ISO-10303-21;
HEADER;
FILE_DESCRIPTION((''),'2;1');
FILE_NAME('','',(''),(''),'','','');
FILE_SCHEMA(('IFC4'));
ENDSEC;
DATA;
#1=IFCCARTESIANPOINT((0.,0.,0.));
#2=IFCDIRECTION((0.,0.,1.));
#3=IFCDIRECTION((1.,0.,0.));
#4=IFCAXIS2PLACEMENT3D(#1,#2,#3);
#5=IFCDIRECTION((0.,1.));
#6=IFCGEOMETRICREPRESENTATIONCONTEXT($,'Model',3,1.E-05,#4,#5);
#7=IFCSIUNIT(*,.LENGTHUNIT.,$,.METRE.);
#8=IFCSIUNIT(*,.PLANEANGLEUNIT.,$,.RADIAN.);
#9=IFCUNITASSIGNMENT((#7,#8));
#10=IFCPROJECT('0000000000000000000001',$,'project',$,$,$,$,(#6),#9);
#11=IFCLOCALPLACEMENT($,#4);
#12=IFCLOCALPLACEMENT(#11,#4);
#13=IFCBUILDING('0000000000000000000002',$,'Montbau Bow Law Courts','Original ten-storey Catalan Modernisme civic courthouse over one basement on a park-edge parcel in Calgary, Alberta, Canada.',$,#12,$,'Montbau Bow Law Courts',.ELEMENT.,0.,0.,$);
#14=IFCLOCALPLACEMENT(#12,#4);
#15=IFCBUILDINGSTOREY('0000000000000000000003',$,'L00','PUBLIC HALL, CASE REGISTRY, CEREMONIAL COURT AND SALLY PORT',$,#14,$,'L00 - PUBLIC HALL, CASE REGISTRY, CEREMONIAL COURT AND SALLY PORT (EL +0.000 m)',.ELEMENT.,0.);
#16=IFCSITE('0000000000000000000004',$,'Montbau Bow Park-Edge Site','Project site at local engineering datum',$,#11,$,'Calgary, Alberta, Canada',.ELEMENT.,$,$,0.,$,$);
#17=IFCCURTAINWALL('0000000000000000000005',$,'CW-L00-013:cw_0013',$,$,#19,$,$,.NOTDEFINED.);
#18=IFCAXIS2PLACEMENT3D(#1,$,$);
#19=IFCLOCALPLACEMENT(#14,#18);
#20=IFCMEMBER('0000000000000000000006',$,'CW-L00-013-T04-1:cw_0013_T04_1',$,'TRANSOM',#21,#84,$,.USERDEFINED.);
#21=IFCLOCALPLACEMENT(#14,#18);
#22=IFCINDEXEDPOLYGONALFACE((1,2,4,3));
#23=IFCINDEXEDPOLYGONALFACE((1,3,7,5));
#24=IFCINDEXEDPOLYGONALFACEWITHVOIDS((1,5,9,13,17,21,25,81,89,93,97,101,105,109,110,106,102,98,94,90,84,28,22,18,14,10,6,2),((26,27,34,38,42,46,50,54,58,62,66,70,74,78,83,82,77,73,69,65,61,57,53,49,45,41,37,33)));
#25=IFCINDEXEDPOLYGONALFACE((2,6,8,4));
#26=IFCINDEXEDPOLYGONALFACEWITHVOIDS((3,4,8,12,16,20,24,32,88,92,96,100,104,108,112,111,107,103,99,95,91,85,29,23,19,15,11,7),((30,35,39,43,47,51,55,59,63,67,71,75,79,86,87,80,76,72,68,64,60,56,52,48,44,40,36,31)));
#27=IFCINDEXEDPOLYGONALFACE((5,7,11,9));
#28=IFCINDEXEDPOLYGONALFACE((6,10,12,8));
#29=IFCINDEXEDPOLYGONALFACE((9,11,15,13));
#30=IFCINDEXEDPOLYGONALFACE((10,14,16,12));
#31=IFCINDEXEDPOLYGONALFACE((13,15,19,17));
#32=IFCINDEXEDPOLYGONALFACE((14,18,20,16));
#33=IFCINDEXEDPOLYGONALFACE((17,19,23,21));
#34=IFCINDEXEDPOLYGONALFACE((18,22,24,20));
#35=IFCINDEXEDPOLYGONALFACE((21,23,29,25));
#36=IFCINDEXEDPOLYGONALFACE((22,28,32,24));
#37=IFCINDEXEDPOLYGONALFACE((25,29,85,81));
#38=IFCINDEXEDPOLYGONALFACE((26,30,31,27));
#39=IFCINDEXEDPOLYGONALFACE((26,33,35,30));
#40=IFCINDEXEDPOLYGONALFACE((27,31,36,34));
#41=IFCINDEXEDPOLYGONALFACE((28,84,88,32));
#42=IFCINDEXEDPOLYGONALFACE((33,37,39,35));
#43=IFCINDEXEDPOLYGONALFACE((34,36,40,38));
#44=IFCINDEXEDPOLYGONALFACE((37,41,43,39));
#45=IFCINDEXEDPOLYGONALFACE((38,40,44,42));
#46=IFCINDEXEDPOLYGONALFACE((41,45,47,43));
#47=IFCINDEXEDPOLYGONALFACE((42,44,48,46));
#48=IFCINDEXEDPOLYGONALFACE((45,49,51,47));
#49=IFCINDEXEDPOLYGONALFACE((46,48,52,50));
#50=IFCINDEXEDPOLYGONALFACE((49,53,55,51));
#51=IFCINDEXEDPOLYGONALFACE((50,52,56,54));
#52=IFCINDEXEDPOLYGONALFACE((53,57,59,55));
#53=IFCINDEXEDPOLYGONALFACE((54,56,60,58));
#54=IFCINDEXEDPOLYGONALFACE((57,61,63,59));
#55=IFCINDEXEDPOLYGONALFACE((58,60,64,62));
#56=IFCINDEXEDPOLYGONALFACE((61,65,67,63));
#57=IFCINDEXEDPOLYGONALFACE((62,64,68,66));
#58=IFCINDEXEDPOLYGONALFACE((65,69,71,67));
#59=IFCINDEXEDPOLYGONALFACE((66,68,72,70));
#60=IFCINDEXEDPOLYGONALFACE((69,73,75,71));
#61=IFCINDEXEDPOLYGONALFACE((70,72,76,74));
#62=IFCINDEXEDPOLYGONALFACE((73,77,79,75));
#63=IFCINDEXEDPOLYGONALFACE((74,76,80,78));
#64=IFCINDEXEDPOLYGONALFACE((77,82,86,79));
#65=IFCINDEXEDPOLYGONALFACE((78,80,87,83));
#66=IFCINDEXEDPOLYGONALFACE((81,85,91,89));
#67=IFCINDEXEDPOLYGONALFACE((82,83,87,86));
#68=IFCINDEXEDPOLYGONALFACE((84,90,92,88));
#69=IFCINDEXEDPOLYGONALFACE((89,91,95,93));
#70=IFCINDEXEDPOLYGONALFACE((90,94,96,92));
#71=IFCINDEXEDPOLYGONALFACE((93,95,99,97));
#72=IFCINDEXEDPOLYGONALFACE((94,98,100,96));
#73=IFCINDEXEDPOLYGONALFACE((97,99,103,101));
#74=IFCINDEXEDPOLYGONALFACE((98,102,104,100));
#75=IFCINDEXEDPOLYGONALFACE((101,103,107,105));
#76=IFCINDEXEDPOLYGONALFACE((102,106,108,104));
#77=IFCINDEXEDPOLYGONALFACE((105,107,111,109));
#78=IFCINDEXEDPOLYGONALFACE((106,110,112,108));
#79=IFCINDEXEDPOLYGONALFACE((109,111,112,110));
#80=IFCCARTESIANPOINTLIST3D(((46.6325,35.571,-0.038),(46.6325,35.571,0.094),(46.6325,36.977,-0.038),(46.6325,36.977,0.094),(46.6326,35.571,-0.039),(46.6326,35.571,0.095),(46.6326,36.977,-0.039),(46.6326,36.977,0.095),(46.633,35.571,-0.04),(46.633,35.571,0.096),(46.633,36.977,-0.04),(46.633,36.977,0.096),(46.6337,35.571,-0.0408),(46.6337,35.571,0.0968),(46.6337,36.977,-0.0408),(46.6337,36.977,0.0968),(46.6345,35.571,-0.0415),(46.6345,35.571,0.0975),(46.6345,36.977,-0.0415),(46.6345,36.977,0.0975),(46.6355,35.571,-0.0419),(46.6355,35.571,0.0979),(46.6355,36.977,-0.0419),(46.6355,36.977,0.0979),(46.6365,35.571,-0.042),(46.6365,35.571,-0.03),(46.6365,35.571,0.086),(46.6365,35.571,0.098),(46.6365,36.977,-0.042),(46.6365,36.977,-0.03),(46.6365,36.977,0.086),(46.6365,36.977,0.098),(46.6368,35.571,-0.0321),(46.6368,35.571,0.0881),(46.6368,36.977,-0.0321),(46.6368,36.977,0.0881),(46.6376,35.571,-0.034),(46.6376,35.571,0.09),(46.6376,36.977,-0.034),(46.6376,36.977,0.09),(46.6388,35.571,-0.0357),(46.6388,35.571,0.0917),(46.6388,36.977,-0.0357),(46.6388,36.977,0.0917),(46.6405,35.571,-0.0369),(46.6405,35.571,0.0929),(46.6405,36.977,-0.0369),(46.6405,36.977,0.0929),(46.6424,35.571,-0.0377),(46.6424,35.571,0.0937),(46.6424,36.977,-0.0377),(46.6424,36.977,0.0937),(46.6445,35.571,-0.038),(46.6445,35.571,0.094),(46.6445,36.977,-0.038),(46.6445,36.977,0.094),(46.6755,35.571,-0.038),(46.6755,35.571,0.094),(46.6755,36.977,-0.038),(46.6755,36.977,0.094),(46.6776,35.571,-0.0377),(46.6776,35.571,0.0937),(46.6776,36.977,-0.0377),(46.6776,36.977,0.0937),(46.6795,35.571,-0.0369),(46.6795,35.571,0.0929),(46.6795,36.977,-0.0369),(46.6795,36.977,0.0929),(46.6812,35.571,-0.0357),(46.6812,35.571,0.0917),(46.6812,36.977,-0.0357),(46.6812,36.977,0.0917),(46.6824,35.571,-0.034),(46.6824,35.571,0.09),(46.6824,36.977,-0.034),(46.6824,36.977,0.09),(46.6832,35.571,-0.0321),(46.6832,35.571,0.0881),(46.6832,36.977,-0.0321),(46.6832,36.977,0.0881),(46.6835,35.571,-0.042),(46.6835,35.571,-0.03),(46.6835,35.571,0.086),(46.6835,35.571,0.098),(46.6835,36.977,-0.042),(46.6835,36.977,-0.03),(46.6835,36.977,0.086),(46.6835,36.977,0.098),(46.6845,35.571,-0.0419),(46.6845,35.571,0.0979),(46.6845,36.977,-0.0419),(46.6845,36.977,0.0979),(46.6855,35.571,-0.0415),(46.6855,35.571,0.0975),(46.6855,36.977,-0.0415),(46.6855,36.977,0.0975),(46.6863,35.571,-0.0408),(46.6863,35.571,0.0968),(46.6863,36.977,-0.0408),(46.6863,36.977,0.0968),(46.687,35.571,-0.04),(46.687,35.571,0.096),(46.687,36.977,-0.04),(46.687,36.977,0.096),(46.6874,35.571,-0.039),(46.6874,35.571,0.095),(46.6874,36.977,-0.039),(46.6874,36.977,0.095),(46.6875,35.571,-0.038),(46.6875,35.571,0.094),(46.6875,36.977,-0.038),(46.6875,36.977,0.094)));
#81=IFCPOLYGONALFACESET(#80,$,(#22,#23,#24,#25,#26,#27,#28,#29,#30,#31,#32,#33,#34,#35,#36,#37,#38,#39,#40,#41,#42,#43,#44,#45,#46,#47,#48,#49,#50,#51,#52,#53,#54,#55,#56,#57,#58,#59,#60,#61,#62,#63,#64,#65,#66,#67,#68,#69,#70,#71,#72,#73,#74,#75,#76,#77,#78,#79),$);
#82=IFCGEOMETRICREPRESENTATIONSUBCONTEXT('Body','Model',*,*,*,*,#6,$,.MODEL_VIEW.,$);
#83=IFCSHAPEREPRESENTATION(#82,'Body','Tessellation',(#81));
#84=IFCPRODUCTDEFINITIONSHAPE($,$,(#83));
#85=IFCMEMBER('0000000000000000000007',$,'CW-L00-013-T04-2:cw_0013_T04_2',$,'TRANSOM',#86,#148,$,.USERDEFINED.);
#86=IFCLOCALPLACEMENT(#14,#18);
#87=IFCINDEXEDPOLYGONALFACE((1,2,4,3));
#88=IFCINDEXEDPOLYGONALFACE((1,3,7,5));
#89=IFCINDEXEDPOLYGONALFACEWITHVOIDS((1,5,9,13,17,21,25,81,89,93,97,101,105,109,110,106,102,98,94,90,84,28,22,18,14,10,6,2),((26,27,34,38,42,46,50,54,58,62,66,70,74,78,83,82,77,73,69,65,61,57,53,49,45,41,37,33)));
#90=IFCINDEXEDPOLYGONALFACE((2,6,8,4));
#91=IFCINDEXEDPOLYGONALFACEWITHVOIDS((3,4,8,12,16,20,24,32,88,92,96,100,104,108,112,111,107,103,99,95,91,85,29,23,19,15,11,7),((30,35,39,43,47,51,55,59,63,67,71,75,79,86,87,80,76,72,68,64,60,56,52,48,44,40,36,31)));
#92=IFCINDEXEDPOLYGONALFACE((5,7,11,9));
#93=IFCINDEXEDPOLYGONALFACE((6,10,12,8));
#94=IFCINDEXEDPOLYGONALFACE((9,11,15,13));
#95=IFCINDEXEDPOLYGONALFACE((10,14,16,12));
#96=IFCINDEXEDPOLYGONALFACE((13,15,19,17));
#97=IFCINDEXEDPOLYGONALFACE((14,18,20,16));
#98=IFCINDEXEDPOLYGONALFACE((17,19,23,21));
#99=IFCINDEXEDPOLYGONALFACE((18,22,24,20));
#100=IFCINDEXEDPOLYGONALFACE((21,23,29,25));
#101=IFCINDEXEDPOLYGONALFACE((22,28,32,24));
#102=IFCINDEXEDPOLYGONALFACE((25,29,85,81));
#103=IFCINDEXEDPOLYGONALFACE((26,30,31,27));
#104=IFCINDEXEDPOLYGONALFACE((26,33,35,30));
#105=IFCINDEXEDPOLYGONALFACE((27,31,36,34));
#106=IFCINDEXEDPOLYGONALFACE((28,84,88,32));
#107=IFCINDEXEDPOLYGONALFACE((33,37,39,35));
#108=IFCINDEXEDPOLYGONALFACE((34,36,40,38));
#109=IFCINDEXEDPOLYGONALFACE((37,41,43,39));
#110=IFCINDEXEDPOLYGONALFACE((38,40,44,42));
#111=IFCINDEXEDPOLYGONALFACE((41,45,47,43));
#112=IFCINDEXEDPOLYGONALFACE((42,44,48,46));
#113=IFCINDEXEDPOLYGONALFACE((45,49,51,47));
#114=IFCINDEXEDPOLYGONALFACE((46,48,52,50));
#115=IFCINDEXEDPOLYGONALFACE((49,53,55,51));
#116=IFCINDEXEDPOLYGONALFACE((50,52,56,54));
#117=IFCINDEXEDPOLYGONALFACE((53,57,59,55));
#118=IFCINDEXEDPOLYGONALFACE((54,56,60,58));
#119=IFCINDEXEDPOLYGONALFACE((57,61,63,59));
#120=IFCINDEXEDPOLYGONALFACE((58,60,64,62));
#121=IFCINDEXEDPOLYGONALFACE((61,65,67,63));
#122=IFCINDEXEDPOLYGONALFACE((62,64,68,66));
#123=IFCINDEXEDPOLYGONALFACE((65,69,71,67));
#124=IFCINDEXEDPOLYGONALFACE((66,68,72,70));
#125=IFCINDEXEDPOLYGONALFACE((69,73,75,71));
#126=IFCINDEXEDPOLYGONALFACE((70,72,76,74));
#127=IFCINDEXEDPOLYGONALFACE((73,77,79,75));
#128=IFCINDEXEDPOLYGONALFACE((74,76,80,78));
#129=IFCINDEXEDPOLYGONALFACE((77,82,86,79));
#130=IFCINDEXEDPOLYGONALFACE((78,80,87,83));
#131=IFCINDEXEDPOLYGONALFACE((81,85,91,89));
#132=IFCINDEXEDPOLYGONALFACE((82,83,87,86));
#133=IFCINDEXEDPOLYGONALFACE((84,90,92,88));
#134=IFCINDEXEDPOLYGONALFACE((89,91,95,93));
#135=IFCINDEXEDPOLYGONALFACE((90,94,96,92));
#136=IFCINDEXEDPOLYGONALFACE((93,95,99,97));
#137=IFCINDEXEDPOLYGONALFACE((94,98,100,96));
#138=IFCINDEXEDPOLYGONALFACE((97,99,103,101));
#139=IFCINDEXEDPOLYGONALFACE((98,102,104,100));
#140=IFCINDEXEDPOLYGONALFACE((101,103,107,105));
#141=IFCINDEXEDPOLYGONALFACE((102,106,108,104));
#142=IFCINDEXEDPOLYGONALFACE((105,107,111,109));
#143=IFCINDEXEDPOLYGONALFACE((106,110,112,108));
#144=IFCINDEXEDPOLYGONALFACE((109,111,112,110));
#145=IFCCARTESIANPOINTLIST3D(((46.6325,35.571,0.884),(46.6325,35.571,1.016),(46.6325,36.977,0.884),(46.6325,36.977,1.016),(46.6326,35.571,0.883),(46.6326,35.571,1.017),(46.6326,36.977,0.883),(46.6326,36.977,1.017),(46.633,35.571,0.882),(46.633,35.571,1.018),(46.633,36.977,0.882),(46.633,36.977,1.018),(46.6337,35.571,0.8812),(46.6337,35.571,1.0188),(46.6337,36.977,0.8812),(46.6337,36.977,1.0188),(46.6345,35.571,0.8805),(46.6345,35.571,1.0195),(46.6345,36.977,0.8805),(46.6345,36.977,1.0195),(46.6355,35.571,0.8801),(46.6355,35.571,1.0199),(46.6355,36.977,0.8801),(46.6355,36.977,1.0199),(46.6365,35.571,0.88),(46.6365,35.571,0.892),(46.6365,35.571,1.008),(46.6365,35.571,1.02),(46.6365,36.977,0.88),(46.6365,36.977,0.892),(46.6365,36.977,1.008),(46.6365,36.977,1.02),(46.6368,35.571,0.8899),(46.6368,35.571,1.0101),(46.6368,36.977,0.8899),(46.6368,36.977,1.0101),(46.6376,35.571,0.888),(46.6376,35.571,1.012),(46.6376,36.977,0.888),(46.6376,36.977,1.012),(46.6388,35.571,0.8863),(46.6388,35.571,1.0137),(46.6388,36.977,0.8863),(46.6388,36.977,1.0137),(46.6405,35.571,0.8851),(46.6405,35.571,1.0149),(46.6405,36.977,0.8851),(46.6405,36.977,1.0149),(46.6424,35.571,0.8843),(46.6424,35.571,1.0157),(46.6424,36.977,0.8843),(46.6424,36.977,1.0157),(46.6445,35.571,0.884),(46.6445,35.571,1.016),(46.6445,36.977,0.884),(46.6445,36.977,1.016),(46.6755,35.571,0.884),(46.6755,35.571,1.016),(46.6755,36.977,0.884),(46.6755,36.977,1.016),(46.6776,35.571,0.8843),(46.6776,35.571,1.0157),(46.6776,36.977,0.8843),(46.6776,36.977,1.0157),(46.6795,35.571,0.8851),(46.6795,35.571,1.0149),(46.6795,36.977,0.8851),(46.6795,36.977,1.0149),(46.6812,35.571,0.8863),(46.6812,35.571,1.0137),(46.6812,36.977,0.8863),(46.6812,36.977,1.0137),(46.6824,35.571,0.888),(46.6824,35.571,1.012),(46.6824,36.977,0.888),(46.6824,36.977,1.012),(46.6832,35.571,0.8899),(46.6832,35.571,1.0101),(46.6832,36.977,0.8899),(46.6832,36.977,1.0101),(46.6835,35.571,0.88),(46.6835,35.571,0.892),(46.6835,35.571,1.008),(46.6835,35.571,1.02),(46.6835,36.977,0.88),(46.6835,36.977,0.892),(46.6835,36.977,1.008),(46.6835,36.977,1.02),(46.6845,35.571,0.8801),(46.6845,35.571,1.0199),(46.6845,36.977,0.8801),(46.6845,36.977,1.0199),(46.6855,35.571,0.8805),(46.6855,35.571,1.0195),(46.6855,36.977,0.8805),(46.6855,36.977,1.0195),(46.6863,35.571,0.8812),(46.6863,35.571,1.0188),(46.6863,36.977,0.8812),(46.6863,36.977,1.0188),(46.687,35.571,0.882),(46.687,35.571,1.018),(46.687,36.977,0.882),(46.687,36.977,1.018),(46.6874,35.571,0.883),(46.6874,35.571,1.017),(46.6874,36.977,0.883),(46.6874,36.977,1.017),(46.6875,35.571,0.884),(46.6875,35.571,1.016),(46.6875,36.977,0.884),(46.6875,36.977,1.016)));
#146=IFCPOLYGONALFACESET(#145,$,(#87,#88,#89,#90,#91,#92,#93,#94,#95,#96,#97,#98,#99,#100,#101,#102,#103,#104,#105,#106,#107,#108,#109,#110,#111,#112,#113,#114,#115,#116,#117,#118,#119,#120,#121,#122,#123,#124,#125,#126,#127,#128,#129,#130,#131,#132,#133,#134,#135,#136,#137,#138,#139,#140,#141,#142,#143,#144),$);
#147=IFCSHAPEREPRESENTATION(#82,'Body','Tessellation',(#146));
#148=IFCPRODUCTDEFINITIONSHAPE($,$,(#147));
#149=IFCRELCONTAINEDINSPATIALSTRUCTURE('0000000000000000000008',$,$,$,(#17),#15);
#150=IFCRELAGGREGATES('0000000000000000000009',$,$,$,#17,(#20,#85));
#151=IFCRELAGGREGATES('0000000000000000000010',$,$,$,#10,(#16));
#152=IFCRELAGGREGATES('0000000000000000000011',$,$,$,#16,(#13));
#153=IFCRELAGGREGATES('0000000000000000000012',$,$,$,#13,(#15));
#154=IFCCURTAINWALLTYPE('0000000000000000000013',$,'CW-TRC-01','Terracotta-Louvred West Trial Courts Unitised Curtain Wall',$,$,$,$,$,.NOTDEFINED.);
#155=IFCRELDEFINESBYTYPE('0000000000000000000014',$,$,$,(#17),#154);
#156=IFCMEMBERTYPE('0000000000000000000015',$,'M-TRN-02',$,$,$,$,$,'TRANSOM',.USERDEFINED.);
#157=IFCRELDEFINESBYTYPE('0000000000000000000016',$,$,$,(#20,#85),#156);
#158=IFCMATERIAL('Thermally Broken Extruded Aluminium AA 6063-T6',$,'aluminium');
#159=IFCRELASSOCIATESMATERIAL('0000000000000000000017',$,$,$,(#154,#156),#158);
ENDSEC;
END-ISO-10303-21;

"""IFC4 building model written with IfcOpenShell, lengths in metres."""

from ifc_helpers import new_model, si_unit, direction, frame, origin_with_axes, origin_2d_with_axis, place, context, subcontext, project, spatial, hollow_rectangle, extrude, material, material_profile, profile_set, type_object, element, aggregate, save


model = new_model("IFC4")

# Units and contexts
model_context = context("Model", 3, precision=1e-05, world=origin_with_axes(), true_north=direction((0.0, 1.0)))
body_context = subcontext(model_context, "Body", "Model", "MODEL_VIEW")
ifc_project = project(units=[si_unit("LENGTHUNIT", "METRE"), si_unit("PLANEANGLEUNIT", "RADIAN")], contexts=[model_context])

# Site, building, storey
site_placement = place(None, origin_with_axes())
site = spatial("IfcSite", under=ifc_project, at=site_placement, Name="Montbau Bow Park-Edge Site", Description="Project site at local engineering datum", LongName="Calgary, Alberta, Canada", CompositionType="ELEMENT", RefElevation=0.0)
building_placement = place(site_placement, origin_with_axes())
building = spatial("IfcBuilding", under=site, at=building_placement, Name="Montbau Bow Law Courts", Description="Original ten-storey Catalan Modernisme civic courthouse over one basement on a park-edge parcel in Calgary, Alberta, Canada.", LongName="Montbau Bow Law Courts", CompositionType="ELEMENT", ElevationOfRefHeight=0.0, ElevationOfTerrain=0.0)
storey_placement = place(building_placement, origin_with_axes())
storey = spatial("IfcBuildingStorey", under=building, at=storey_placement, Name="L00", Description="PUBLIC HALL, CASE REGISTRY, CEREMONIAL COURT AND SALLY PORT", LongName="L00 - PUBLIC HALL, CASE REGISTRY, CEREMONIAL COURT AND SALLY PORT (EL +0.000 m)", CompositionType="ELEMENT", Elevation=0.0)

# Curtain wall, members
ifc_material_1 = material(Name="Thermally Broken Extruded Aluminium AA 6063-T6", Category="aluminium")
curtain_wall_type = type_object("IfcCurtainWallType", Name="CW-TRC-01", Description="Terracotta-Louvred West Trial Courts Unitised Curtain Wall", PredefinedType="NOTDEFINED", material=ifc_material_1)
curtain_wall_placement = place(None, frame((46.66, 31.115, 0.0), z_axis=(0.0, 0.0, 1.0), x_axis=(1.0, 0.0, 0.0)))
curtain_wall = element("IfcCurtainWall", 1, at=curtain_wall_placement, inside=storey, type_object=curtain_wall_type, Name="CW-L00-013:cw_0013", PredefinedType="NOTDEFINED")
ifc_material_profile_1 = material_profile(ifc_material_1, hollow_rectangle(XDim=0.055, YDim=0.14, WallThickness=0.004, InnerFilletRadius=0.008, OuterFilletRadius=0.004, at=origin_2d_with_axis()), Name="CWT-140X55", Category="Main", Priority=0)
ifc_profile_set_1 = profile_set([ifc_material_profile_1], Name="Thermally Broken Extruded Aluminium AA 6063-T6")
member_type_1 = type_object("IfcMemberType", Name="M-TRN-02", ElementType="TRANSOM", PredefinedType="USERDEFINED", material=ifc_profile_set_1)
member_1_placement = place(None, frame((46.66, 35.571, 0.028), z_axis=(0.0, 1.0, 0.0), x_axis=(-1.0, 0.0, 0.0)))
member_1 = element("IfcMember", 2, at=member_1_placement, type_object=member_type_1, Name="CW-L00-013-T04-1:cw_0013_T04_1", ObjectType="TRANSOM", PredefinedType="USERDEFINED", context=body_context, shape_type="SweptSolid", body=[
    extrude(hollow_rectangle(XDim=0.055, YDim=0.14, WallThickness=0.004, InnerFilletRadius=0.008, OuterFilletRadius=0.004, at=origin_2d_with_axis()), origin_with_axes(), (0.0, 0.0, 1.0), 1.406),
])
member_2_placement = place(None, frame((46.66, 35.571, 0.95), z_axis=(0.0, 1.0, 0.0), x_axis=(-1.0, 0.0, 0.0)))
member_2 = element("IfcMember", 3, at=member_2_placement, type_object=member_type_1, Name="CW-L00-013-T04-2:cw_0013_T04_2", ObjectType="TRANSOM", PredefinedType="USERDEFINED", context=body_context, shape_type="SweptSolid", body=[
    extrude(hollow_rectangle(XDim=0.055, YDim=0.14, WallThickness=0.004, InnerFilletRadius=0.008, OuterFilletRadius=0.004, at=origin_2d_with_axis()), origin_with_axes(), (0.0, 0.0, 1.0), 1.406),
])
aggregate(curtain_wall, [member_1, member_2])

save(model, "model.ifc")
